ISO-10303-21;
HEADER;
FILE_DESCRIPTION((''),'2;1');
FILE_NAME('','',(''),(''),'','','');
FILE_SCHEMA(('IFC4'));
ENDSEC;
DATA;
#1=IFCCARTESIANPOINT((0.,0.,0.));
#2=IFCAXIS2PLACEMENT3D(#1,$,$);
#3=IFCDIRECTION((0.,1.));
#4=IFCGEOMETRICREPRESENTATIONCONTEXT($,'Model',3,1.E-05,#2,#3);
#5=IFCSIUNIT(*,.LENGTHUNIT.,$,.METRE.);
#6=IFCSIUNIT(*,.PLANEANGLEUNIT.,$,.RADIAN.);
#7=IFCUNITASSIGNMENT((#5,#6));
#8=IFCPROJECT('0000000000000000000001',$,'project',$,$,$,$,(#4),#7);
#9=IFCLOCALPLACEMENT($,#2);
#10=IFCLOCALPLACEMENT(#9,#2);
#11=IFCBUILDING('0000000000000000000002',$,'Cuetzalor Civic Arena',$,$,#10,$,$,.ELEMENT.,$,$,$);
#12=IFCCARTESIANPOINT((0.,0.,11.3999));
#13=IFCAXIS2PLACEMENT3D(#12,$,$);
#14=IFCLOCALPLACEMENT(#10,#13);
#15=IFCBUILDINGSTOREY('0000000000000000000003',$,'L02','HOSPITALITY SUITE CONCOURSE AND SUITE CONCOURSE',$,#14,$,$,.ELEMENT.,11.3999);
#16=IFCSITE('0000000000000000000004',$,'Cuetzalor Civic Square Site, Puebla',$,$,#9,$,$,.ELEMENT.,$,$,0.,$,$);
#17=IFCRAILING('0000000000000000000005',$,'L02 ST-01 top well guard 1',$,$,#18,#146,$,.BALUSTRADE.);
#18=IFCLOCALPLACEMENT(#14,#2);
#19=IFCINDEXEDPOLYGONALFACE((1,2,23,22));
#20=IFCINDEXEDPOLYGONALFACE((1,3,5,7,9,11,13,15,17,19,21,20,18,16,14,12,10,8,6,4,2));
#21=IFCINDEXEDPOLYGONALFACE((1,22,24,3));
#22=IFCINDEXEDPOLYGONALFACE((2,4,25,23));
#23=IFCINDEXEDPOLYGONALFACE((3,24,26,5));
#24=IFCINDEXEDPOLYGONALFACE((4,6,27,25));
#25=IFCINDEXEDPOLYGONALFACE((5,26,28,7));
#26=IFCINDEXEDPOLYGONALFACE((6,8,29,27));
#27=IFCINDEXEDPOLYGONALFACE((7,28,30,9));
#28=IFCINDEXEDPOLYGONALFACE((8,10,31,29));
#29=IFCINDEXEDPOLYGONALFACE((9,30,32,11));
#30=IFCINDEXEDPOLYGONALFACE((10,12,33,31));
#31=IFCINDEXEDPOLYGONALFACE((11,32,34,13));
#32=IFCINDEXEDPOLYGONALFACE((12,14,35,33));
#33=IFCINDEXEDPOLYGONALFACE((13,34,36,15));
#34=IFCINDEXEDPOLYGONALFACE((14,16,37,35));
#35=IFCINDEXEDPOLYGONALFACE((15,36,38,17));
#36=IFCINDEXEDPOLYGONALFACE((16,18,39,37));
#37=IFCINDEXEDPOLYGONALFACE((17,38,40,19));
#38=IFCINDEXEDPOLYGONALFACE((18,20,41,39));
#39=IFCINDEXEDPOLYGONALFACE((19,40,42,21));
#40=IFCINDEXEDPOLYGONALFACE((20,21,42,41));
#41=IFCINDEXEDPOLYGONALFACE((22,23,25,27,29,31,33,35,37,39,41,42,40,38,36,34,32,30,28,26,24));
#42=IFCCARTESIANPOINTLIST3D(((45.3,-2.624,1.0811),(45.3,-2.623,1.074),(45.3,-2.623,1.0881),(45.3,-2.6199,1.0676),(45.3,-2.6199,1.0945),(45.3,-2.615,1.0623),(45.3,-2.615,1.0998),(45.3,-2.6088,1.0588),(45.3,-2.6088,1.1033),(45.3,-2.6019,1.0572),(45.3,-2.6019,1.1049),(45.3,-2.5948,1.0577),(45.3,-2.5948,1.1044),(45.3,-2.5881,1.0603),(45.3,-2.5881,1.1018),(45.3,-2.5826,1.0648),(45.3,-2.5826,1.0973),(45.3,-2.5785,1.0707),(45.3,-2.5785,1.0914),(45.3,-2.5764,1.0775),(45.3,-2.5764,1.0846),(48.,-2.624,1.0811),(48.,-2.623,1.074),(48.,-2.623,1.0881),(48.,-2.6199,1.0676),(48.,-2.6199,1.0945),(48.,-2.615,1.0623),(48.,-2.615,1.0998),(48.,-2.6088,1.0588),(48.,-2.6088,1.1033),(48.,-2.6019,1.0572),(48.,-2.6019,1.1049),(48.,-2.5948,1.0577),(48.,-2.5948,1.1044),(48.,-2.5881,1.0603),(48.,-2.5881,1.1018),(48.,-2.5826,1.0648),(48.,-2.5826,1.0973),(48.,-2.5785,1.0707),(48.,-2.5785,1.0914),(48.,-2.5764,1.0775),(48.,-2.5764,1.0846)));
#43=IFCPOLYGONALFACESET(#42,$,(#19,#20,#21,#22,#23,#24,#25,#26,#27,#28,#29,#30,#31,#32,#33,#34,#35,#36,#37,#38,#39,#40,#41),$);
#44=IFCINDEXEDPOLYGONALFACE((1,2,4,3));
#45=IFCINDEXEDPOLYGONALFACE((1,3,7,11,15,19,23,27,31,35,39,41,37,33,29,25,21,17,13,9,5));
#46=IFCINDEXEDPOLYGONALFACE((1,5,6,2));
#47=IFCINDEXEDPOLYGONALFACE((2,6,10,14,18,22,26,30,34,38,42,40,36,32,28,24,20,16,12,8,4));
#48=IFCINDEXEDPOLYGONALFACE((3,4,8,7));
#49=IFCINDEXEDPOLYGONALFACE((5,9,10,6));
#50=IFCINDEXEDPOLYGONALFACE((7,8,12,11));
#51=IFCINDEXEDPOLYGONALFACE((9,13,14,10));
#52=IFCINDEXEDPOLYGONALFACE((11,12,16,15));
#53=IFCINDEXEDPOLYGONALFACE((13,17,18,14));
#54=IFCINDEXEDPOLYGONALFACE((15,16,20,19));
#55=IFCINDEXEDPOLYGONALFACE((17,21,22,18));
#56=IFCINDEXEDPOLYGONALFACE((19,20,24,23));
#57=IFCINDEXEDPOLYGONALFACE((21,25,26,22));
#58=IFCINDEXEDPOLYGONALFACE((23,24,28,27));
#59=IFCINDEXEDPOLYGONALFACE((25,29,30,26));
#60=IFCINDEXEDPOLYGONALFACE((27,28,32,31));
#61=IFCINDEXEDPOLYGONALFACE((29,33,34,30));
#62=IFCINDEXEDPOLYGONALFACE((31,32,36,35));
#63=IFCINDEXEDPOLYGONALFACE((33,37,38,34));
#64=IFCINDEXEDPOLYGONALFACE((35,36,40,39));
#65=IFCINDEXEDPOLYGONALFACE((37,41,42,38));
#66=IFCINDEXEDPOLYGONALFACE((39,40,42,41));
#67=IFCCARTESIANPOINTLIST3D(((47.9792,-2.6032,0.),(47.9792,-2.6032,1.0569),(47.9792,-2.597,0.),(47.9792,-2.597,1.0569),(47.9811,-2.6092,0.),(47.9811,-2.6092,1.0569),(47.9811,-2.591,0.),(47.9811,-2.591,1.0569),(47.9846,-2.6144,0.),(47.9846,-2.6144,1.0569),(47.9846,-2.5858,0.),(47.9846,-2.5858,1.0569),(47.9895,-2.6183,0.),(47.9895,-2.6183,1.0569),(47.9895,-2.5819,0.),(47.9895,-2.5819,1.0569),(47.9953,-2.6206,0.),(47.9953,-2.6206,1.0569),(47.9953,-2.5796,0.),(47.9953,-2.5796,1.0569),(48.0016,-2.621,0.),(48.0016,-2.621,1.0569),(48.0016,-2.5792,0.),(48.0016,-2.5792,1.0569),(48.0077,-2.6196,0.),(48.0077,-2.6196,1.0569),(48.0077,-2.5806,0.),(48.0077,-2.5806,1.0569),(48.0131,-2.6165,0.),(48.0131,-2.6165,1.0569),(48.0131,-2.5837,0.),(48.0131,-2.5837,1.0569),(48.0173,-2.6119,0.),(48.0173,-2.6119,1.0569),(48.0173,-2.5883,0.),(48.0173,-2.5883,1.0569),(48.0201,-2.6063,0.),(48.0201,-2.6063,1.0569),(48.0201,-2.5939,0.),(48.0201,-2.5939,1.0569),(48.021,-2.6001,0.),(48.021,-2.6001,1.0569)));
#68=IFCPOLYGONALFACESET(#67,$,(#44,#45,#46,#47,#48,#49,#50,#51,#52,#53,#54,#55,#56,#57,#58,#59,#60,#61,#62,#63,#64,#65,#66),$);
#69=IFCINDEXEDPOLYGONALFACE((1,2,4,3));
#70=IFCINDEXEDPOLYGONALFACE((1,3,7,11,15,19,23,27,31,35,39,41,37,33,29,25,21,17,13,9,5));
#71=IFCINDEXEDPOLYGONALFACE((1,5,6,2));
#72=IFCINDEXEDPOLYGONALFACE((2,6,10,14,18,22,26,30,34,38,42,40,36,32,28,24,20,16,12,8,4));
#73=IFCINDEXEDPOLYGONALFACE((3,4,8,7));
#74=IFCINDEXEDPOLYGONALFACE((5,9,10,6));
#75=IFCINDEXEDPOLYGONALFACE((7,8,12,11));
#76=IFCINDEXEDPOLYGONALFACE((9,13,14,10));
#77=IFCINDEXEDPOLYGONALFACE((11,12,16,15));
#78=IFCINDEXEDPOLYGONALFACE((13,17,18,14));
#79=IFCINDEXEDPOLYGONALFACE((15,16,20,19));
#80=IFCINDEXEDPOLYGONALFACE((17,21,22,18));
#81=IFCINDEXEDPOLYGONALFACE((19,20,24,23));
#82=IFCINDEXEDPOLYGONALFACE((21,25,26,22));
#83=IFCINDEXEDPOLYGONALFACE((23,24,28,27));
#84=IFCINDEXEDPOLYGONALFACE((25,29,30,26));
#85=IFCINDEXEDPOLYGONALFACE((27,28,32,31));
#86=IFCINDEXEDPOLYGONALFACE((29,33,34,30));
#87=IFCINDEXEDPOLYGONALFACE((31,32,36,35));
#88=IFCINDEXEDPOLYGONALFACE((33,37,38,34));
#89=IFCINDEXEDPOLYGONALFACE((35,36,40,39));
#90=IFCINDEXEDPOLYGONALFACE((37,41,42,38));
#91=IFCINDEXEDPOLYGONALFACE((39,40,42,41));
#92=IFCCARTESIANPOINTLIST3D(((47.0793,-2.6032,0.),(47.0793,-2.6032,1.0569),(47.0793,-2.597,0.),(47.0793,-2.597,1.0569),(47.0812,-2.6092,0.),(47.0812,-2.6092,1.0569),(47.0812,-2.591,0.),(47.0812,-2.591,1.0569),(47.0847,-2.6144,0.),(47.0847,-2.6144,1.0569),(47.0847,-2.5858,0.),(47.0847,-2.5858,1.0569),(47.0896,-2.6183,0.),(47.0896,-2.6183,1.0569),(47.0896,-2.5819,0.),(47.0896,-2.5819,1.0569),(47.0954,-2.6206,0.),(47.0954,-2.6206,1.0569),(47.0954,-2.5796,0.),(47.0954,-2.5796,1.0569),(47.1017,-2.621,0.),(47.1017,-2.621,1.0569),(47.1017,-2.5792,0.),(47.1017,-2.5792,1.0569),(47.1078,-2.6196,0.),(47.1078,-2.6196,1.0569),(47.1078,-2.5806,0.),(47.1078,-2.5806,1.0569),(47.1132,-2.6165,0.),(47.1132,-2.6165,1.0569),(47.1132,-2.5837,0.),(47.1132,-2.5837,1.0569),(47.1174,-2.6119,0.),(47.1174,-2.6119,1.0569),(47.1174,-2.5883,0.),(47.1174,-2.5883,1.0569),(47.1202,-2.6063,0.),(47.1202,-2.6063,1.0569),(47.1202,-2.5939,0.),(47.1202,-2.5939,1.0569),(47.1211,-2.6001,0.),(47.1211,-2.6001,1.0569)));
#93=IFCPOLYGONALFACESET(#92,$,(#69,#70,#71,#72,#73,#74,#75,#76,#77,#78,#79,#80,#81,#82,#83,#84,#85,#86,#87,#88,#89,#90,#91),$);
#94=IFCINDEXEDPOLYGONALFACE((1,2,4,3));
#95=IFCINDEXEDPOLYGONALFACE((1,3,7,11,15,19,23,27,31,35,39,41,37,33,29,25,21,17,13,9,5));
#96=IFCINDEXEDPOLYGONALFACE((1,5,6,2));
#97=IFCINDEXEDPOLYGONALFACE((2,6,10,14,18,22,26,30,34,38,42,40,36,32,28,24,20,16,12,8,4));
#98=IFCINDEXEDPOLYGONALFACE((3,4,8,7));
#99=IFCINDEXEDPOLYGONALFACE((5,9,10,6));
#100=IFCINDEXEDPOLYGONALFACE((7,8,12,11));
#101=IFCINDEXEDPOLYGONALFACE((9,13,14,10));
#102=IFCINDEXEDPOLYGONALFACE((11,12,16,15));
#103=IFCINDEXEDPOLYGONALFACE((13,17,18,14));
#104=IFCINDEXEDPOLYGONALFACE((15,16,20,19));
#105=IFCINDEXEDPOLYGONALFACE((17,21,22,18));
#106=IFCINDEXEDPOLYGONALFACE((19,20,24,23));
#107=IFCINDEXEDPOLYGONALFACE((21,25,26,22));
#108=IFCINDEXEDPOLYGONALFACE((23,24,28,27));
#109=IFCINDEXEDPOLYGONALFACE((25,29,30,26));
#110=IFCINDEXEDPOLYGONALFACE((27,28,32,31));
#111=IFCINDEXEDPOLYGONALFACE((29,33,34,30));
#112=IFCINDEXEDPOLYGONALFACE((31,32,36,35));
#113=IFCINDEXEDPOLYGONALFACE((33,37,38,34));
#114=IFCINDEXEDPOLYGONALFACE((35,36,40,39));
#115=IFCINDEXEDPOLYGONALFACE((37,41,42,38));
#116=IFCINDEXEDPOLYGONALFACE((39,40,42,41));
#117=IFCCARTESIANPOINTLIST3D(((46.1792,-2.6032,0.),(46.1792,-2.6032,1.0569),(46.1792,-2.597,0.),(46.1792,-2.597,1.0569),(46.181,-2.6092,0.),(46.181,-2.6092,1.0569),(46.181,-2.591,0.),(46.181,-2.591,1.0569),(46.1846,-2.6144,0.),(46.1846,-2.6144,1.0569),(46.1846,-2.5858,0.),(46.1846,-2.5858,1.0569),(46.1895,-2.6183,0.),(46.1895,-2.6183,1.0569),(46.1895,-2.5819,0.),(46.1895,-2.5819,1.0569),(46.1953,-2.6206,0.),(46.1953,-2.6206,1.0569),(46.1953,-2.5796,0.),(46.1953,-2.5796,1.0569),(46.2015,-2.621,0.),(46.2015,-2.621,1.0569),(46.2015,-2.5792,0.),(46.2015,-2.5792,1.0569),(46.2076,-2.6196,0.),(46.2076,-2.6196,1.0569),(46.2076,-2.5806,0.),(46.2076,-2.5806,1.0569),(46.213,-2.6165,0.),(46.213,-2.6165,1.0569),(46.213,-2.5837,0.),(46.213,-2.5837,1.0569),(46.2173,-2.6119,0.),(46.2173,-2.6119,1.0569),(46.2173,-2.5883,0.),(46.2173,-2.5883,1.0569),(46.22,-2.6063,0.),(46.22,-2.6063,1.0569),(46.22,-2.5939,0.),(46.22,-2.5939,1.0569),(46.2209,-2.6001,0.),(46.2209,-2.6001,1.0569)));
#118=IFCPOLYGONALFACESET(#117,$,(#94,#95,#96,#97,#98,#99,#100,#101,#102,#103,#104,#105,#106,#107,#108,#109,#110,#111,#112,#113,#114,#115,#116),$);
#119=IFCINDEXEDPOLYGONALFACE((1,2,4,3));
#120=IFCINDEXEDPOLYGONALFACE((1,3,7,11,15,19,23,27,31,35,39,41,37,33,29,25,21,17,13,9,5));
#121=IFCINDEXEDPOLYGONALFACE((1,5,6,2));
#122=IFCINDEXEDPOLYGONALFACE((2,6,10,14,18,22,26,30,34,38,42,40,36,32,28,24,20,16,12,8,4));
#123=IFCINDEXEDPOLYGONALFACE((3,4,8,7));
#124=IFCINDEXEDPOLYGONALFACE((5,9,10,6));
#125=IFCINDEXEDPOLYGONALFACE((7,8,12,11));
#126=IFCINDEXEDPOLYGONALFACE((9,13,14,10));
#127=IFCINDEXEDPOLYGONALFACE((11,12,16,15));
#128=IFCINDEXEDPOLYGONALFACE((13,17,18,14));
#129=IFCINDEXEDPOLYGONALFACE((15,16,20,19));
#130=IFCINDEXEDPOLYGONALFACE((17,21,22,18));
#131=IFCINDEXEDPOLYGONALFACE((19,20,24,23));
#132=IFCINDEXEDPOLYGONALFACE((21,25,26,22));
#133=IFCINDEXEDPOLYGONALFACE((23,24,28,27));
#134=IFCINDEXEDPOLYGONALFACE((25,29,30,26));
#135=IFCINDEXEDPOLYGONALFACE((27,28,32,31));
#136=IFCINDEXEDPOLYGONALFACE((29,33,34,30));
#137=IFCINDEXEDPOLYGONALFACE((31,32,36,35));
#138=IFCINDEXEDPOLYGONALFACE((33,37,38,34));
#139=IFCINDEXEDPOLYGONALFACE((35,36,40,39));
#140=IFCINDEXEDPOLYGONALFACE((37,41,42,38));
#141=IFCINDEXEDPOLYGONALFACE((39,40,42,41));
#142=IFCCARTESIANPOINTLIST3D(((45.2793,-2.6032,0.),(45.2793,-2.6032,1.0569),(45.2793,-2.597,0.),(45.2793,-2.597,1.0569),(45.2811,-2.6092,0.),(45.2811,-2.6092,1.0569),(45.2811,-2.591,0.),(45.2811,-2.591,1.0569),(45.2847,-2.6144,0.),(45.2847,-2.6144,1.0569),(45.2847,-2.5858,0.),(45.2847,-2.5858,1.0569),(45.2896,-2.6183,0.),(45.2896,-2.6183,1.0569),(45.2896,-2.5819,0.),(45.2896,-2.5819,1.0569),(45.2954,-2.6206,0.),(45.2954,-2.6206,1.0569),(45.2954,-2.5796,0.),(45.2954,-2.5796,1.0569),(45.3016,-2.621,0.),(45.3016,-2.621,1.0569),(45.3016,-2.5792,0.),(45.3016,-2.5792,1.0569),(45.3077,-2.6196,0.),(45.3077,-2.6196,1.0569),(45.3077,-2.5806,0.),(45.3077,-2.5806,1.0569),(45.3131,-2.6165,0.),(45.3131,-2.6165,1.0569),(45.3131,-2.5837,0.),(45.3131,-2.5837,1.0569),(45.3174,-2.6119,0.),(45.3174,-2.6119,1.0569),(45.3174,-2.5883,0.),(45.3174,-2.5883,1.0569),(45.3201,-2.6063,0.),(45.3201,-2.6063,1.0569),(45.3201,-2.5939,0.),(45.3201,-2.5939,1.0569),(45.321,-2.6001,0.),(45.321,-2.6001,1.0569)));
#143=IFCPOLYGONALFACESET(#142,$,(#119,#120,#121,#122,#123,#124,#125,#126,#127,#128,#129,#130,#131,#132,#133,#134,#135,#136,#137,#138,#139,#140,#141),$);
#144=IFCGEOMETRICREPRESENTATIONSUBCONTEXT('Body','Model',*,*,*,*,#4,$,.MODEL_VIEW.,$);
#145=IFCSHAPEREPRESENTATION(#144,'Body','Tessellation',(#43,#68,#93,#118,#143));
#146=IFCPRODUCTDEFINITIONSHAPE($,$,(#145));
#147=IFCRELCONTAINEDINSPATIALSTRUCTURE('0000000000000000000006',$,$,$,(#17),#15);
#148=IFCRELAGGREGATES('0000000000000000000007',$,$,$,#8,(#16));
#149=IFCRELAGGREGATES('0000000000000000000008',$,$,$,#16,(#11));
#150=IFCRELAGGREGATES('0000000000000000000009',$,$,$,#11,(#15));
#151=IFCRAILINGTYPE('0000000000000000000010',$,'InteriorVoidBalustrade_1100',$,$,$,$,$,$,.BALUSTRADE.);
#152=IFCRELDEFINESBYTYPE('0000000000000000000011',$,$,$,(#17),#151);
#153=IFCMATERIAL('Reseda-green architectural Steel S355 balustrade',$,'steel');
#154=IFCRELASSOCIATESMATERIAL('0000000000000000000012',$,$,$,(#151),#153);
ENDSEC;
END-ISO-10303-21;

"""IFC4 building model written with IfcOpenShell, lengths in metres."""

from ifc_helpers import new_model, si_unit, direction, frame, origin, origin_2d, place, context, subcontext, project, spatial, circle, extrude, material, type_object, element, save


model = new_model("IFC4")

# Units and contexts
model_context = context("Model", 3, precision=1e-05, world=origin(), true_north=direction((0.0, 1.0)))
body_context = subcontext(model_context, "Body", "Model", "MODEL_VIEW")
ifc_project = project(units=[si_unit("LENGTHUNIT", "METRE"), si_unit("PLANEANGLEUNIT", "RADIAN")], contexts=[model_context])

# Site, building, storey
site_placement = place(None, origin())
site = spatial("IfcSite", under=ifc_project, at=site_placement, Name="Cuetzalor Civic Square Site, Puebla", CompositionType="ELEMENT", RefElevation=0.0)
building_placement = place(site_placement, origin())
building = spatial("IfcBuilding", under=site, at=building_placement, Name="Cuetzalor Civic Arena", CompositionType="ELEMENT")
storey_placement = place(building_placement, frame((0.0, 0.0, 11.3999)))
storey = spatial("IfcBuildingStorey", under=building, at=storey_placement, Name="L02", Description="HOSPITALITY SUITE CONCOURSE AND SUITE CONCOURSE", CompositionType="ELEMENT", Elevation=11.3999)

# Railing
ifc_material_1 = material(Name="Reseda-green architectural Steel S355 balustrade", Category="steel")
railing_type = type_object("IfcRailingType", Name="InteriorVoidBalustrade_1100", PredefinedType="BALUSTRADE", material=ifc_material_1)
railing_1_placement = place(storey_placement, frame((48.0, -2.6001, 0.0)))
element("IfcRailing", 1, at=railing_1_placement, inside=storey, type_object=railing_type, Name="L02 ST-01 top well guard 1", PredefinedType="BALUSTRADE", context=body_context, shape_type="SweptSolid", body=[
    extrude(circle(Radius=0.0239, at=origin_2d()), frame((0.0, 0.0, 1.0811), z_axis=(-1.0, 0.0, 0.0), x_axis=(0.0, -1.0, 0.0)), (0.0, 0.0, 1.0), 2.7),
    extrude(circle(Radius=0.021, at=origin_2d()), origin(), (0.0, 0.0, 1.0), 1.0569),
    extrude(circle(Radius=0.021, at=origin_2d()), frame((-0.8999, 0.0, 0.0)), (0.0, 0.0, 1.0), 1.0569),
    extrude(circle(Radius=0.021, at=origin_2d()), frame((-1.8, 0.0, 0.0)), (0.0, 0.0, 1.0), 1.0569),
    extrude(circle(Radius=0.021, at=origin_2d()), frame((-2.7, 0.0, 0.0)), (0.0, 0.0, 1.0), 1.0569),
])

save(model, "model.ifc")
